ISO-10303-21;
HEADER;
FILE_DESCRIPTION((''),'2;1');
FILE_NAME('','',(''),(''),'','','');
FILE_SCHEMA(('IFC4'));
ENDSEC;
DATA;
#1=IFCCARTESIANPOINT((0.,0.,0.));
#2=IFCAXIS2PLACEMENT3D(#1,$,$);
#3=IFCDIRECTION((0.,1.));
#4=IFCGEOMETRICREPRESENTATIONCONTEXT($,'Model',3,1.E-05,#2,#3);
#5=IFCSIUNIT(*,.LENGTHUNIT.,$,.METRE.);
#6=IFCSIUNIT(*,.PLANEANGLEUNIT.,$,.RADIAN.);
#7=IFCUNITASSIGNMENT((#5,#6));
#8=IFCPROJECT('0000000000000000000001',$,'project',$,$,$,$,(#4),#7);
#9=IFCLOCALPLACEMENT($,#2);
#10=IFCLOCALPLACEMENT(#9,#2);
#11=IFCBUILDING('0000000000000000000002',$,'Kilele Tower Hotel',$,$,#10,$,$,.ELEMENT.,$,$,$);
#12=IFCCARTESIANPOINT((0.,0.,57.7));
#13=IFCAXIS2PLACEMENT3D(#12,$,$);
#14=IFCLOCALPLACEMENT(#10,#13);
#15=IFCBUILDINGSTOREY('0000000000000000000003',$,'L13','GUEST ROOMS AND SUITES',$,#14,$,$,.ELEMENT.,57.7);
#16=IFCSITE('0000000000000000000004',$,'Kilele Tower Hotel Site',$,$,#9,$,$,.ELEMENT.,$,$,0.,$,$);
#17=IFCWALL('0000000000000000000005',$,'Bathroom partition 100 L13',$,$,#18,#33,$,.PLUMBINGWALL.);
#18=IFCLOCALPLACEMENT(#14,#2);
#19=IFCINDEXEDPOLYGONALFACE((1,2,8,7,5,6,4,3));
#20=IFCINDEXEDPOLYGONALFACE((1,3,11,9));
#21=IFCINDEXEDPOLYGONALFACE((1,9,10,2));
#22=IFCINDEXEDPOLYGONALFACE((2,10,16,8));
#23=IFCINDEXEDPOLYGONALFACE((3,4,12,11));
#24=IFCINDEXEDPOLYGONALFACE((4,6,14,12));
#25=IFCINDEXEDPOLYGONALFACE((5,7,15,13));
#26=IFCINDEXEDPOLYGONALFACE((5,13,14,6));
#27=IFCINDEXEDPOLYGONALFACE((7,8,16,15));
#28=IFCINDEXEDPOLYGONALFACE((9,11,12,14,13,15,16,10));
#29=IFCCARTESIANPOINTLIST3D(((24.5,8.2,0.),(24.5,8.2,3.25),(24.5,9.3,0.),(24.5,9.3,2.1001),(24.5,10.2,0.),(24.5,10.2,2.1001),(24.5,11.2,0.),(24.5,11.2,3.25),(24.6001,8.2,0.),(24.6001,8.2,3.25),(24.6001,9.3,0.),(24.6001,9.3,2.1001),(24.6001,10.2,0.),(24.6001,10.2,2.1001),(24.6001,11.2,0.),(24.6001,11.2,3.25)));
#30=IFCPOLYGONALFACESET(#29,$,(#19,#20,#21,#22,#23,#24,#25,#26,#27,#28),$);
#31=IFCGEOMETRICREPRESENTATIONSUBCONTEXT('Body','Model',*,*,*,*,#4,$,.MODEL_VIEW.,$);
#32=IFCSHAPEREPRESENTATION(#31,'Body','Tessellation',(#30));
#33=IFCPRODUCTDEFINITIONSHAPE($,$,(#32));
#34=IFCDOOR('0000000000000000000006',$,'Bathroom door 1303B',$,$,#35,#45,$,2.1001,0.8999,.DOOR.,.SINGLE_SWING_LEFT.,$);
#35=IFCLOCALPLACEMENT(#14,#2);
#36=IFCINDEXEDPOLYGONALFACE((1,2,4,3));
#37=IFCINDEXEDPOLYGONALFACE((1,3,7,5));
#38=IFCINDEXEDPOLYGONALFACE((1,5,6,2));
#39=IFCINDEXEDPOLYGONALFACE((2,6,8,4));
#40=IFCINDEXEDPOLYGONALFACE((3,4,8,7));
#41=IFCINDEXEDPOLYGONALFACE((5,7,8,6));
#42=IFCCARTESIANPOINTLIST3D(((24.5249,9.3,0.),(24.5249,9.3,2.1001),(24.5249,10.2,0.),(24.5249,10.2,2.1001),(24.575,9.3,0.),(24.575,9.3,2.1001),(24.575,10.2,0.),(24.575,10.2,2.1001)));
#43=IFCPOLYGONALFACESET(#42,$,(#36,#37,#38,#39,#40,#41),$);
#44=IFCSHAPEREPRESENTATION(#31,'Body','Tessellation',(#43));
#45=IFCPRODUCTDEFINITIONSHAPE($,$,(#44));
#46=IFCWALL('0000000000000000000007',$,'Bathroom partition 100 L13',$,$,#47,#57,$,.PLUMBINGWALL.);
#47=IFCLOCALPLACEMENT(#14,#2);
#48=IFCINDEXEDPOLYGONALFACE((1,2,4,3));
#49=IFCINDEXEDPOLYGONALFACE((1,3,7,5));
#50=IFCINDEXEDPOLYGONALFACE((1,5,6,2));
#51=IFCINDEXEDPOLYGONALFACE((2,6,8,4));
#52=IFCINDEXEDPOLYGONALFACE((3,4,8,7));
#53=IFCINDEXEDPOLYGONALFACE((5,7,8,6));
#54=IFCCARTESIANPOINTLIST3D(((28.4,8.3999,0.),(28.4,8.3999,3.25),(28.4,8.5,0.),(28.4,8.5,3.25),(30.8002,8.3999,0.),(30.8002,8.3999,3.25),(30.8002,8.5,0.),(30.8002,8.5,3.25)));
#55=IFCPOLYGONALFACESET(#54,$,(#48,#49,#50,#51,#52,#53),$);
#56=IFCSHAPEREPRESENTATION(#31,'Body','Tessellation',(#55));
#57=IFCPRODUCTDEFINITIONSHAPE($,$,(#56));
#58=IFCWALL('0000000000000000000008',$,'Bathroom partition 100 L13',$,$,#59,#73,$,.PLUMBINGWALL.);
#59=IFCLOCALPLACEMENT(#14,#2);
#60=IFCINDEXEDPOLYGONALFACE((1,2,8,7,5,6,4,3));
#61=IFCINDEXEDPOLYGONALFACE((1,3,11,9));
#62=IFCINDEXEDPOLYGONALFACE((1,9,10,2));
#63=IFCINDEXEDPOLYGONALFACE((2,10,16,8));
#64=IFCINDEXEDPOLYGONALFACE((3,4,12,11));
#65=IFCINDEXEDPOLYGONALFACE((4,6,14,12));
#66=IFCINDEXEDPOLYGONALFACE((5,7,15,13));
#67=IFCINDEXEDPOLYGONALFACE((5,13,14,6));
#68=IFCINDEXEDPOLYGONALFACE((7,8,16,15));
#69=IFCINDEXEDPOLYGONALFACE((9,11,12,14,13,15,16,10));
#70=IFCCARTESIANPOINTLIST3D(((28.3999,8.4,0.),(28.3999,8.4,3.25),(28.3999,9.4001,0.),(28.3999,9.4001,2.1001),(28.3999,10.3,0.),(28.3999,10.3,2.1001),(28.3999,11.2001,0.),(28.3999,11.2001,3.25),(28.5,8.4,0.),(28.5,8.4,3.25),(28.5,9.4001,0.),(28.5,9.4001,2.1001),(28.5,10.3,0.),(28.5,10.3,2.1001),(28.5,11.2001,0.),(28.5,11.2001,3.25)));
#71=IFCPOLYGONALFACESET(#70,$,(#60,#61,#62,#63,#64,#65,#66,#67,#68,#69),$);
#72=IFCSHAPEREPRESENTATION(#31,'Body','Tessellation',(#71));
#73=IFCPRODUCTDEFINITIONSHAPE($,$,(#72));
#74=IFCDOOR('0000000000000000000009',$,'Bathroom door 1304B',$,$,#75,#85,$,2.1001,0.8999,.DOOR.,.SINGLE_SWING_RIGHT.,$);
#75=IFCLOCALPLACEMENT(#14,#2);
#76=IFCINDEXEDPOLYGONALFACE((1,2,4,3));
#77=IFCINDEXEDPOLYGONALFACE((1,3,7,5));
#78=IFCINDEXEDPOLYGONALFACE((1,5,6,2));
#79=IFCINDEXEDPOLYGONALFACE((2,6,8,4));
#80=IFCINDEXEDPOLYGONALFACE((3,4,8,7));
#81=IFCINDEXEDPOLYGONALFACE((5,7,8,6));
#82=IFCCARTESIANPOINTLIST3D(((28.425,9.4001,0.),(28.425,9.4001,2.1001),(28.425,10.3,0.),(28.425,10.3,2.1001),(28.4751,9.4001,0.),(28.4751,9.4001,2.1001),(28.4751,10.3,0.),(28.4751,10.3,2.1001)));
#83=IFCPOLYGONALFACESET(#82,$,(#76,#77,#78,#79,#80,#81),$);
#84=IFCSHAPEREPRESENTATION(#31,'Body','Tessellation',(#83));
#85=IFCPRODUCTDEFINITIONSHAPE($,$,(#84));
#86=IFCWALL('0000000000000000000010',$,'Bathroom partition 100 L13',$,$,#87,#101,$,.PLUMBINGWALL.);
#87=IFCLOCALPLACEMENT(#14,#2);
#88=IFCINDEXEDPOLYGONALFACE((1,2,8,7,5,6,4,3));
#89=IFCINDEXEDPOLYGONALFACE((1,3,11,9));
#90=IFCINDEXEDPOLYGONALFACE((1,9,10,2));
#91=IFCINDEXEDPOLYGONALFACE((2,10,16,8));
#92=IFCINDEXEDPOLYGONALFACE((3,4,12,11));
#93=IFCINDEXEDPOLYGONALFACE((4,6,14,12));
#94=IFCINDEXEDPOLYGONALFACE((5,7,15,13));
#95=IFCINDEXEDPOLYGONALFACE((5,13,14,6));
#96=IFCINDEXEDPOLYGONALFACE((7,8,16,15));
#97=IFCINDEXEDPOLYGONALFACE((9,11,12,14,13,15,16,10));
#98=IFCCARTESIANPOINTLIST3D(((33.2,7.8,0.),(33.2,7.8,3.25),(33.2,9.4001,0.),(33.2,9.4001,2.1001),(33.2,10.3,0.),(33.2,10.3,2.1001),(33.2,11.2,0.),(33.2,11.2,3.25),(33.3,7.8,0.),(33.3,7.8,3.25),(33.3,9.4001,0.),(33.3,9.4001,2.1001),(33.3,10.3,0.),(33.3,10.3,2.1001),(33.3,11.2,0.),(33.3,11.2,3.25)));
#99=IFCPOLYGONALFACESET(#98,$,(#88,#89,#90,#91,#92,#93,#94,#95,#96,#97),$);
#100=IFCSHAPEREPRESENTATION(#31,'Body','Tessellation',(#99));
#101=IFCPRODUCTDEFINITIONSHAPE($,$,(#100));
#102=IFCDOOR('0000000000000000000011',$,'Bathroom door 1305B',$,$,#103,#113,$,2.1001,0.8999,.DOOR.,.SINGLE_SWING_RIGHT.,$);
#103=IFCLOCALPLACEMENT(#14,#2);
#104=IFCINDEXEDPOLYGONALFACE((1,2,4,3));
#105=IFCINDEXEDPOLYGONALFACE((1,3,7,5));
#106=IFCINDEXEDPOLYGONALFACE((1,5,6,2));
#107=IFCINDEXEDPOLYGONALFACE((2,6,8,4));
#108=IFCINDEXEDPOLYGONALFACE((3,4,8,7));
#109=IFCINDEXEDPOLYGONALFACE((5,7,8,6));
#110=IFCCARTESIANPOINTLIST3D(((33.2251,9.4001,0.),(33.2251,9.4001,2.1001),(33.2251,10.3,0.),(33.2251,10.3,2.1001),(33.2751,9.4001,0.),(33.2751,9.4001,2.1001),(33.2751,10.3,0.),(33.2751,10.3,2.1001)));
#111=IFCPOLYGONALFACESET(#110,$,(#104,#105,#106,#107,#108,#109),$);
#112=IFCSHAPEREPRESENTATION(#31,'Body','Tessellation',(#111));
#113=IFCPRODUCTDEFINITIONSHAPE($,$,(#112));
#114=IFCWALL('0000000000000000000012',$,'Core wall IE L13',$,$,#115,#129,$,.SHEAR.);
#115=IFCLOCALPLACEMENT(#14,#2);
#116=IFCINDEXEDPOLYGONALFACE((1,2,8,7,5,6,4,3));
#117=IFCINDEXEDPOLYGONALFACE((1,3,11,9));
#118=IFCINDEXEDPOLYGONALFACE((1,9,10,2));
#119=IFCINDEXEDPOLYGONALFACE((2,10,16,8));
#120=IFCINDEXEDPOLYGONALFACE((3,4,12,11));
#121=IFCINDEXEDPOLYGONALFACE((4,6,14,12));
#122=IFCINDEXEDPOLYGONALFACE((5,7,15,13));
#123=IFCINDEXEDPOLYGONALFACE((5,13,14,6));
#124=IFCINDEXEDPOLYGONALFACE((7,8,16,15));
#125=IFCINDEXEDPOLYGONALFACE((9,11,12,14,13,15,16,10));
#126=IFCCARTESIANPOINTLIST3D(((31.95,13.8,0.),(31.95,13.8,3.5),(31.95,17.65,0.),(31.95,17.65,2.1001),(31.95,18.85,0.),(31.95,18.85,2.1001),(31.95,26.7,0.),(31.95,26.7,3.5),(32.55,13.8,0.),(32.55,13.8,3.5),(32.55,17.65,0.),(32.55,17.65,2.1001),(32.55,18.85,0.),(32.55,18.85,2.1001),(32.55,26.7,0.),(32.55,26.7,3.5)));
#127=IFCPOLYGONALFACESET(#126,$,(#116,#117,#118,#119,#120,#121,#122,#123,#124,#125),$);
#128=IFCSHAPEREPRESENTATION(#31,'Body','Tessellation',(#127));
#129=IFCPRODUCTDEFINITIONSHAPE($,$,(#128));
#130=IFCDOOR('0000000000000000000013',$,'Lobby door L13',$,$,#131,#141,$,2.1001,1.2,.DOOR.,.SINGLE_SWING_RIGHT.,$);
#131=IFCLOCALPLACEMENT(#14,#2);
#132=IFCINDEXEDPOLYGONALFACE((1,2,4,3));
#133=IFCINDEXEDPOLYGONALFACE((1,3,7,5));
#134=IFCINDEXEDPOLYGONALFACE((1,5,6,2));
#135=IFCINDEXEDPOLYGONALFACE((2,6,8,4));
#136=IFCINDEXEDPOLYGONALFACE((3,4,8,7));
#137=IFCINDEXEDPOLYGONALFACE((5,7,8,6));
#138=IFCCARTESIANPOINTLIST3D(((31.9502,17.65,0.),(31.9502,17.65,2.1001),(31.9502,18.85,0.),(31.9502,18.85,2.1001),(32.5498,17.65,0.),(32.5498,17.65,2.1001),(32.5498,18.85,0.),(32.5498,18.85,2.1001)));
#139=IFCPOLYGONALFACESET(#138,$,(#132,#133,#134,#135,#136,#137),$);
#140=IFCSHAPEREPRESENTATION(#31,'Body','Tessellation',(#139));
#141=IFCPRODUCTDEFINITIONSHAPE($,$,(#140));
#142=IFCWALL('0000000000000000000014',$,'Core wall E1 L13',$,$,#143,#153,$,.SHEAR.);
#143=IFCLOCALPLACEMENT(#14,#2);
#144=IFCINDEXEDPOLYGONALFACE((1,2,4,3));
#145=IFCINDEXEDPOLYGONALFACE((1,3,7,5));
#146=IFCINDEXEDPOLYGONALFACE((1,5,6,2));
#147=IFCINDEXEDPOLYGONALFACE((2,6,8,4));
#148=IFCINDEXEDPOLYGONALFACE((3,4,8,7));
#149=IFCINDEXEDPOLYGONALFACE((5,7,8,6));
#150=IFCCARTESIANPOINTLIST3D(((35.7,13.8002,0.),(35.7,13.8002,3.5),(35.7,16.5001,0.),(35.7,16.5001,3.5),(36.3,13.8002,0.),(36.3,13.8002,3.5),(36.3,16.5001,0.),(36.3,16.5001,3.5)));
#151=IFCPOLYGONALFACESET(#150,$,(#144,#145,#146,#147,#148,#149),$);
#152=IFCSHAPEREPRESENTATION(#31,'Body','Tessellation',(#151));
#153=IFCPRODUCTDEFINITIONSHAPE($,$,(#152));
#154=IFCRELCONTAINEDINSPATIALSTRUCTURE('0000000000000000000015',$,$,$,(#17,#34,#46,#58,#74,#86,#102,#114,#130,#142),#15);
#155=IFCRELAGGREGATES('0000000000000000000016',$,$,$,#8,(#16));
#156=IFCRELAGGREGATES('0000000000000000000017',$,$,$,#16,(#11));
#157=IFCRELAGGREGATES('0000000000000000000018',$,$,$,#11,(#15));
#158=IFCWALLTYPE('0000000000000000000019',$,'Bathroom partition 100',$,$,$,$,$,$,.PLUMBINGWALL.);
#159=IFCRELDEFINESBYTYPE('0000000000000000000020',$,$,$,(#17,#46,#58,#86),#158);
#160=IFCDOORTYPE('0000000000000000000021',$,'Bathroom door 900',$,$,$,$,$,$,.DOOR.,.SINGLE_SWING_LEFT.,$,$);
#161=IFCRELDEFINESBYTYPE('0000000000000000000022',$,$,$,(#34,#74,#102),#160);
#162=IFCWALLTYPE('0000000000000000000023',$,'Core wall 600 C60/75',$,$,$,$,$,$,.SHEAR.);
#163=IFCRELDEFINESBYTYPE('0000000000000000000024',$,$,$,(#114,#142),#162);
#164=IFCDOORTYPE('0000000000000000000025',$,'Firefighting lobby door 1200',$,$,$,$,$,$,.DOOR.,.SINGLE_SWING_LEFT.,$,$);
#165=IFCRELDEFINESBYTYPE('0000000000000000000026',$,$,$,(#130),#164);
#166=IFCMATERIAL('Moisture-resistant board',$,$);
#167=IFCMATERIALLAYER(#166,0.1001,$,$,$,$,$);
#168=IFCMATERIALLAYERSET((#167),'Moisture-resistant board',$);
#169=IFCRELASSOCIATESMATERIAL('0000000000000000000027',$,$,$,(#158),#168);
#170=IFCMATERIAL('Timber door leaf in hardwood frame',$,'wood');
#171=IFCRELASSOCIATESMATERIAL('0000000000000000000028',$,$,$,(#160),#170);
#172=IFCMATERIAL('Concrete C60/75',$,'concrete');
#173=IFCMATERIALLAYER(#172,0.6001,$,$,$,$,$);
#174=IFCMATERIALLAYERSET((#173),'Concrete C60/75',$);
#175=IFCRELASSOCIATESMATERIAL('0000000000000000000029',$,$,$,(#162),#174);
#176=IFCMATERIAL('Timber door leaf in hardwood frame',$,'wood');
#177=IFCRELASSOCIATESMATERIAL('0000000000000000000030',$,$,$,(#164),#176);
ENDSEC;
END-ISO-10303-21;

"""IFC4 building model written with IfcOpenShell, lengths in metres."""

from ifc_helpers import new_model, si_unit, direction, frame, frame_2d, origin, place, context, subcontext, project, spatial, rectangle, extrude, material, layer, layer_set, type_object, element, fill, save


model = new_model("IFC4")

# Units and contexts
model_context = context("Model", 3, precision=1e-05, world=origin(), true_north=direction((0.0, 1.0)))
body_context = subcontext(model_context, "Body", "Model", "MODEL_VIEW")
ifc_project = project(units=[si_unit("LENGTHUNIT", "METRE"), si_unit("PLANEANGLEUNIT", "RADIAN")], contexts=[model_context])

# Site, building, storey
site_placement = place(None, origin())
site = spatial("IfcSite", under=ifc_project, at=site_placement, Name="Kilele Tower Hotel Site", CompositionType="ELEMENT", RefElevation=0.0)
building_placement = place(site_placement, origin())
building = spatial("IfcBuilding", under=site, at=building_placement, Name="Kilele Tower Hotel", CompositionType="ELEMENT")
storey_placement = place(building_placement, frame((0.0, 0.0, 57.7)))
storey = spatial("IfcBuildingStorey", under=building, at=storey_placement, Name="L13", Description="GUEST ROOMS AND SUITES", CompositionType="ELEMENT", Elevation=57.7)

# Wall, opening, door
ifc_material_1 = material(Name="Moisture-resistant board")
ifc_layer_1 = layer(ifc_material_1, 0.1001)
ifc_layer_set_1 = layer_set([ifc_layer_1], Name="Moisture-resistant board")
wall_type_1 = type_object("IfcWallType", Name="Bathroom partition 100", PredefinedType="PLUMBINGWALL", material=ifc_layer_set_1)
wall_1_placement = place(storey_placement, frame((24.55, 11.2, 0.0), z_axis=(0.0, 0.0, 1.0), x_axis=(0.0, -1.0, 0.0)))
wall_1 = element("IfcWall", 1, at=wall_1_placement, inside=storey, type_object=wall_type_1, Name="Bathroom partition 100 L13", PredefinedType="PLUMBINGWALL", context=body_context, shape_type="SweptSolid", body=[
    extrude(rectangle(XDim=3.0, YDim=0.1001, at=frame_2d((1.5, 0.0))), origin(), (0.0, 0.0, 1.0), 3.25),
])
opening_1_placement = place(wall_1_placement, frame((1.0, 0.0, 0.0)))
opening_1 = element("IfcOpeningElement", 2, at=opening_1_placement, cuts=wall_1, PredefinedType="OPENING", context=body_context, shape_type="SweptSolid", body=[
    extrude(rectangle(XDim=0.8999, YDim=2.1001, at=frame_2d((0.45, 1.05))), frame((0.0, 0.0601, 0.0), z_axis=(0.0, -1.0, 0.0), x_axis=(1.0, 0.0, 0.0)), (0.0, 0.0, 1.0), 0.1201),
])
ifc_material_2 = material(Name="Timber door leaf in hardwood frame", Category="wood")
door_type_1 = type_object("IfcDoorType", Name="Bathroom door 900", OperationType="SINGLE_SWING_LEFT", PredefinedType="DOOR", material=ifc_material_2)
door_1_placement = place(opening_1_placement, origin())
door_1 = element("IfcDoor", 3, at=door_1_placement, inside=storey, type_object=door_type_1, Name="Bathroom door 1303B", OperationType="SINGLE_SWING_LEFT", OverallHeight=2.1001, OverallWidth=0.8999, PredefinedType="DOOR", context=body_context, shape_type="SweptSolid", body=[
    extrude(rectangle(XDim=0.8999, YDim=2.1001, at=frame_2d((0.45, 1.05))), frame((0.0, 0.0249, 0.0), z_axis=(0.0, -1.0, 0.0), x_axis=(1.0, 0.0, 0.0)), (0.0, 0.0, 1.0), 0.05),
])
fill(opening_1, door_1)

# Wall
wall_2_placement = place(storey_placement, frame((28.3999, 8.45, 0.0), z_axis=(0.0, 0.0, 1.0), x_axis=(1.0, 0.0, 0.0)))
element("IfcWall", 4, at=wall_2_placement, inside=storey, type_object=wall_type_1, Name="Bathroom partition 100 L13", PredefinedType="PLUMBINGWALL", context=body_context, shape_type="SweptSolid", body=[
    extrude(rectangle(XDim=2.4001, YDim=0.1001, at=frame_2d((1.2002, 0.0))), origin(), (0.0, 0.0, 1.0), 3.25),
])

# Walls, openings, doors
wall_3_placement = place(storey_placement, frame((28.45, 11.2, 0.0), z_axis=(0.0, 0.0, 1.0), x_axis=(0.0, -1.0, 0.0)))
wall_3 = element("IfcWall", 5, at=wall_3_placement, inside=storey, type_object=wall_type_1, Name="Bathroom partition 100 L13", PredefinedType="PLUMBINGWALL", context=body_context, shape_type="SweptSolid", body=[
    extrude(rectangle(XDim=2.8, YDim=0.1001, at=frame_2d((1.3999, 0.0))), origin(), (0.0, 0.0, 1.0), 3.25),
])
opening_2_placement = place(wall_3_placement, frame((1.7998, 0.0, 0.0), z_axis=(0.0, 0.0, 1.0), x_axis=(-1.0, 0.0, 0.0)))
opening_2 = element("IfcOpeningElement", 6, at=opening_2_placement, cuts=wall_3, PredefinedType="OPENING", context=body_context, shape_type="SweptSolid", body=[
    extrude(rectangle(XDim=0.8999, YDim=2.1001, at=frame_2d((0.45, 1.05))), frame((0.0, 0.0601, 0.0), z_axis=(0.0, -1.0, 0.0), x_axis=(1.0, 0.0, 0.0)), (0.0, 0.0, 1.0), 0.1201),
])
door_2_placement = place(opening_2_placement, origin())
door_2 = element("IfcDoor", 7, at=door_2_placement, inside=storey, type_object=door_type_1, Name="Bathroom door 1304B", OperationType="SINGLE_SWING_RIGHT", OverallHeight=2.1001, OverallWidth=0.8999, PredefinedType="DOOR", context=body_context, shape_type="SweptSolid", body=[
    extrude(rectangle(XDim=0.8999, YDim=2.1001, at=frame_2d((0.45, 1.05))), frame((0.0, 0.0249, 0.0), z_axis=(0.0, -1.0, 0.0), x_axis=(1.0, 0.0, 0.0)), (0.0, 0.0, 1.0), 0.05),
])
fill(opening_2, door_2)
wall_4_placement = place(storey_placement, frame((33.25, 11.2, 0.0), z_axis=(0.0, 0.0, 1.0), x_axis=(0.0, -1.0, 0.0)))
wall_4 = element("IfcWall", 8, at=wall_4_placement, inside=storey, type_object=wall_type_1, Name="Bathroom partition 100 L13", PredefinedType="PLUMBINGWALL", context=body_context, shape_type="SweptSolid", body=[
    extrude(rectangle(XDim=3.3999, YDim=0.1001, at=frame_2d((1.7, 0.0))), origin(), (0.0, 0.0, 1.0), 3.25),
])
opening_3_placement = place(wall_4_placement, frame((1.7998, 0.0, 0.0), z_axis=(0.0, 0.0, 1.0), x_axis=(-1.0, 0.0, 0.0)))
opening_3 = element("IfcOpeningElement", 9, at=opening_3_placement, cuts=wall_4, PredefinedType="OPENING", context=body_context, shape_type="SweptSolid", body=[
    extrude(rectangle(XDim=0.8999, YDim=2.1001, at=frame_2d((0.45, 1.05))), frame((0.0, 0.0601, 0.0), z_axis=(0.0, -1.0, 0.0), x_axis=(1.0, 0.0, 0.0)), (0.0, 0.0, 1.0), 0.1201),
])
door_3_placement = place(opening_3_placement, origin())
door_3 = element("IfcDoor", 10, at=door_3_placement, inside=storey, type_object=door_type_1, Name="Bathroom door 1305B", OperationType="SINGLE_SWING_RIGHT", OverallHeight=2.1001, OverallWidth=0.8999, PredefinedType="DOOR", context=body_context, shape_type="SweptSolid", body=[
    extrude(rectangle(XDim=0.8999, YDim=2.1001, at=frame_2d((0.45, 1.05))), frame((0.0, 0.0249, 0.0), z_axis=(0.0, -1.0, 0.0), x_axis=(1.0, 0.0, 0.0)), (0.0, 0.0, 1.0), 0.05),
])
fill(opening_3, door_3)
ifc_material_3 = material(Name="Concrete C60/75", Category="concrete")
ifc_layer_2 = layer(ifc_material_3, 0.6001)
ifc_layer_set_2 = layer_set([ifc_layer_2], Name="Concrete C60/75")
wall_type_2 = type_object("IfcWallType", Name="Core wall 600 C60/75", PredefinedType="SHEAR", material=ifc_layer_set_2)
wall_5_placement = place(storey_placement, frame((32.25, 13.8, 0.0), z_axis=(0.0, 0.0, 1.0), x_axis=(0.0, 1.0, 0.0)))
wall_5 = element("IfcWall", 11, at=wall_5_placement, inside=storey, type_object=wall_type_2, Name="Core wall IE L13", PredefinedType="SHEAR", context=body_context, shape_type="SweptSolid", body=[
    extrude(rectangle(XDim=12.8999, YDim=0.6001, at=frame_2d((6.45, 0.0))), origin(), (0.0, 0.0, 1.0), 3.5),
])
opening_4_placement = place(wall_5_placement, frame((5.05, 0.0, 0.0), z_axis=(0.0, 0.0, 1.0), x_axis=(-1.0, 0.0, 0.0)))
opening_4 = element("IfcOpeningElement", 12, at=opening_4_placement, cuts=wall_5, PredefinedType="OPENING", context=body_context, shape_type="SweptSolid", body=[
    extrude(rectangle(XDim=1.2, YDim=2.1001, at=frame_2d((0.6001, 1.05))), frame((0.0, 0.3101, 0.0), z_axis=(0.0, -1.0, 0.0), x_axis=(1.0, 0.0, 0.0)), (0.0, 0.0, 1.0), 0.6201),
])
ifc_material_4 = material(Name="Timber door leaf in hardwood frame", Category="wood")
door_type_2 = type_object("IfcDoorType", Name="Firefighting lobby door 1200", OperationType="SINGLE_SWING_LEFT", PredefinedType="DOOR", material=ifc_material_4)
door_4_placement = place(opening_4_placement, origin())
door_4 = element("IfcDoor", 13, at=door_4_placement, inside=storey, type_object=door_type_2, Name="Lobby door L13", OperationType="SINGLE_SWING_RIGHT", OverallHeight=2.1001, OverallWidth=1.2, PredefinedType="DOOR", context=body_context, shape_type="SweptSolid", body=[
    extrude(rectangle(XDim=1.2, YDim=2.1001, at=frame_2d((0.6001, 1.05))), frame((0.0, 0.2998, 0.0), z_axis=(0.0, -1.0, 0.0), x_axis=(1.0, 0.0, 0.0)), (0.0, 0.0, 1.0), 0.5996),
])
fill(opening_4, door_4)

# Wall
wall_6_placement = place(storey_placement, frame((36.0, 13.8, 0.0), z_axis=(0.0, 0.0, 1.0), x_axis=(0.0, 1.0, 0.0)))
element("IfcWall", 14, at=wall_6_placement, inside=storey, type_object=wall_type_2, Name="Core wall E1 L13", PredefinedType="SHEAR", context=body_context, shape_type="SweptSolid", body=[
    extrude(rectangle(XDim=2.7, YDim=0.6001, at=frame_2d((1.3501, 0.0))), origin(), (0.0, 0.0, 1.0), 3.5),
])

save(model, "model.ifc")
